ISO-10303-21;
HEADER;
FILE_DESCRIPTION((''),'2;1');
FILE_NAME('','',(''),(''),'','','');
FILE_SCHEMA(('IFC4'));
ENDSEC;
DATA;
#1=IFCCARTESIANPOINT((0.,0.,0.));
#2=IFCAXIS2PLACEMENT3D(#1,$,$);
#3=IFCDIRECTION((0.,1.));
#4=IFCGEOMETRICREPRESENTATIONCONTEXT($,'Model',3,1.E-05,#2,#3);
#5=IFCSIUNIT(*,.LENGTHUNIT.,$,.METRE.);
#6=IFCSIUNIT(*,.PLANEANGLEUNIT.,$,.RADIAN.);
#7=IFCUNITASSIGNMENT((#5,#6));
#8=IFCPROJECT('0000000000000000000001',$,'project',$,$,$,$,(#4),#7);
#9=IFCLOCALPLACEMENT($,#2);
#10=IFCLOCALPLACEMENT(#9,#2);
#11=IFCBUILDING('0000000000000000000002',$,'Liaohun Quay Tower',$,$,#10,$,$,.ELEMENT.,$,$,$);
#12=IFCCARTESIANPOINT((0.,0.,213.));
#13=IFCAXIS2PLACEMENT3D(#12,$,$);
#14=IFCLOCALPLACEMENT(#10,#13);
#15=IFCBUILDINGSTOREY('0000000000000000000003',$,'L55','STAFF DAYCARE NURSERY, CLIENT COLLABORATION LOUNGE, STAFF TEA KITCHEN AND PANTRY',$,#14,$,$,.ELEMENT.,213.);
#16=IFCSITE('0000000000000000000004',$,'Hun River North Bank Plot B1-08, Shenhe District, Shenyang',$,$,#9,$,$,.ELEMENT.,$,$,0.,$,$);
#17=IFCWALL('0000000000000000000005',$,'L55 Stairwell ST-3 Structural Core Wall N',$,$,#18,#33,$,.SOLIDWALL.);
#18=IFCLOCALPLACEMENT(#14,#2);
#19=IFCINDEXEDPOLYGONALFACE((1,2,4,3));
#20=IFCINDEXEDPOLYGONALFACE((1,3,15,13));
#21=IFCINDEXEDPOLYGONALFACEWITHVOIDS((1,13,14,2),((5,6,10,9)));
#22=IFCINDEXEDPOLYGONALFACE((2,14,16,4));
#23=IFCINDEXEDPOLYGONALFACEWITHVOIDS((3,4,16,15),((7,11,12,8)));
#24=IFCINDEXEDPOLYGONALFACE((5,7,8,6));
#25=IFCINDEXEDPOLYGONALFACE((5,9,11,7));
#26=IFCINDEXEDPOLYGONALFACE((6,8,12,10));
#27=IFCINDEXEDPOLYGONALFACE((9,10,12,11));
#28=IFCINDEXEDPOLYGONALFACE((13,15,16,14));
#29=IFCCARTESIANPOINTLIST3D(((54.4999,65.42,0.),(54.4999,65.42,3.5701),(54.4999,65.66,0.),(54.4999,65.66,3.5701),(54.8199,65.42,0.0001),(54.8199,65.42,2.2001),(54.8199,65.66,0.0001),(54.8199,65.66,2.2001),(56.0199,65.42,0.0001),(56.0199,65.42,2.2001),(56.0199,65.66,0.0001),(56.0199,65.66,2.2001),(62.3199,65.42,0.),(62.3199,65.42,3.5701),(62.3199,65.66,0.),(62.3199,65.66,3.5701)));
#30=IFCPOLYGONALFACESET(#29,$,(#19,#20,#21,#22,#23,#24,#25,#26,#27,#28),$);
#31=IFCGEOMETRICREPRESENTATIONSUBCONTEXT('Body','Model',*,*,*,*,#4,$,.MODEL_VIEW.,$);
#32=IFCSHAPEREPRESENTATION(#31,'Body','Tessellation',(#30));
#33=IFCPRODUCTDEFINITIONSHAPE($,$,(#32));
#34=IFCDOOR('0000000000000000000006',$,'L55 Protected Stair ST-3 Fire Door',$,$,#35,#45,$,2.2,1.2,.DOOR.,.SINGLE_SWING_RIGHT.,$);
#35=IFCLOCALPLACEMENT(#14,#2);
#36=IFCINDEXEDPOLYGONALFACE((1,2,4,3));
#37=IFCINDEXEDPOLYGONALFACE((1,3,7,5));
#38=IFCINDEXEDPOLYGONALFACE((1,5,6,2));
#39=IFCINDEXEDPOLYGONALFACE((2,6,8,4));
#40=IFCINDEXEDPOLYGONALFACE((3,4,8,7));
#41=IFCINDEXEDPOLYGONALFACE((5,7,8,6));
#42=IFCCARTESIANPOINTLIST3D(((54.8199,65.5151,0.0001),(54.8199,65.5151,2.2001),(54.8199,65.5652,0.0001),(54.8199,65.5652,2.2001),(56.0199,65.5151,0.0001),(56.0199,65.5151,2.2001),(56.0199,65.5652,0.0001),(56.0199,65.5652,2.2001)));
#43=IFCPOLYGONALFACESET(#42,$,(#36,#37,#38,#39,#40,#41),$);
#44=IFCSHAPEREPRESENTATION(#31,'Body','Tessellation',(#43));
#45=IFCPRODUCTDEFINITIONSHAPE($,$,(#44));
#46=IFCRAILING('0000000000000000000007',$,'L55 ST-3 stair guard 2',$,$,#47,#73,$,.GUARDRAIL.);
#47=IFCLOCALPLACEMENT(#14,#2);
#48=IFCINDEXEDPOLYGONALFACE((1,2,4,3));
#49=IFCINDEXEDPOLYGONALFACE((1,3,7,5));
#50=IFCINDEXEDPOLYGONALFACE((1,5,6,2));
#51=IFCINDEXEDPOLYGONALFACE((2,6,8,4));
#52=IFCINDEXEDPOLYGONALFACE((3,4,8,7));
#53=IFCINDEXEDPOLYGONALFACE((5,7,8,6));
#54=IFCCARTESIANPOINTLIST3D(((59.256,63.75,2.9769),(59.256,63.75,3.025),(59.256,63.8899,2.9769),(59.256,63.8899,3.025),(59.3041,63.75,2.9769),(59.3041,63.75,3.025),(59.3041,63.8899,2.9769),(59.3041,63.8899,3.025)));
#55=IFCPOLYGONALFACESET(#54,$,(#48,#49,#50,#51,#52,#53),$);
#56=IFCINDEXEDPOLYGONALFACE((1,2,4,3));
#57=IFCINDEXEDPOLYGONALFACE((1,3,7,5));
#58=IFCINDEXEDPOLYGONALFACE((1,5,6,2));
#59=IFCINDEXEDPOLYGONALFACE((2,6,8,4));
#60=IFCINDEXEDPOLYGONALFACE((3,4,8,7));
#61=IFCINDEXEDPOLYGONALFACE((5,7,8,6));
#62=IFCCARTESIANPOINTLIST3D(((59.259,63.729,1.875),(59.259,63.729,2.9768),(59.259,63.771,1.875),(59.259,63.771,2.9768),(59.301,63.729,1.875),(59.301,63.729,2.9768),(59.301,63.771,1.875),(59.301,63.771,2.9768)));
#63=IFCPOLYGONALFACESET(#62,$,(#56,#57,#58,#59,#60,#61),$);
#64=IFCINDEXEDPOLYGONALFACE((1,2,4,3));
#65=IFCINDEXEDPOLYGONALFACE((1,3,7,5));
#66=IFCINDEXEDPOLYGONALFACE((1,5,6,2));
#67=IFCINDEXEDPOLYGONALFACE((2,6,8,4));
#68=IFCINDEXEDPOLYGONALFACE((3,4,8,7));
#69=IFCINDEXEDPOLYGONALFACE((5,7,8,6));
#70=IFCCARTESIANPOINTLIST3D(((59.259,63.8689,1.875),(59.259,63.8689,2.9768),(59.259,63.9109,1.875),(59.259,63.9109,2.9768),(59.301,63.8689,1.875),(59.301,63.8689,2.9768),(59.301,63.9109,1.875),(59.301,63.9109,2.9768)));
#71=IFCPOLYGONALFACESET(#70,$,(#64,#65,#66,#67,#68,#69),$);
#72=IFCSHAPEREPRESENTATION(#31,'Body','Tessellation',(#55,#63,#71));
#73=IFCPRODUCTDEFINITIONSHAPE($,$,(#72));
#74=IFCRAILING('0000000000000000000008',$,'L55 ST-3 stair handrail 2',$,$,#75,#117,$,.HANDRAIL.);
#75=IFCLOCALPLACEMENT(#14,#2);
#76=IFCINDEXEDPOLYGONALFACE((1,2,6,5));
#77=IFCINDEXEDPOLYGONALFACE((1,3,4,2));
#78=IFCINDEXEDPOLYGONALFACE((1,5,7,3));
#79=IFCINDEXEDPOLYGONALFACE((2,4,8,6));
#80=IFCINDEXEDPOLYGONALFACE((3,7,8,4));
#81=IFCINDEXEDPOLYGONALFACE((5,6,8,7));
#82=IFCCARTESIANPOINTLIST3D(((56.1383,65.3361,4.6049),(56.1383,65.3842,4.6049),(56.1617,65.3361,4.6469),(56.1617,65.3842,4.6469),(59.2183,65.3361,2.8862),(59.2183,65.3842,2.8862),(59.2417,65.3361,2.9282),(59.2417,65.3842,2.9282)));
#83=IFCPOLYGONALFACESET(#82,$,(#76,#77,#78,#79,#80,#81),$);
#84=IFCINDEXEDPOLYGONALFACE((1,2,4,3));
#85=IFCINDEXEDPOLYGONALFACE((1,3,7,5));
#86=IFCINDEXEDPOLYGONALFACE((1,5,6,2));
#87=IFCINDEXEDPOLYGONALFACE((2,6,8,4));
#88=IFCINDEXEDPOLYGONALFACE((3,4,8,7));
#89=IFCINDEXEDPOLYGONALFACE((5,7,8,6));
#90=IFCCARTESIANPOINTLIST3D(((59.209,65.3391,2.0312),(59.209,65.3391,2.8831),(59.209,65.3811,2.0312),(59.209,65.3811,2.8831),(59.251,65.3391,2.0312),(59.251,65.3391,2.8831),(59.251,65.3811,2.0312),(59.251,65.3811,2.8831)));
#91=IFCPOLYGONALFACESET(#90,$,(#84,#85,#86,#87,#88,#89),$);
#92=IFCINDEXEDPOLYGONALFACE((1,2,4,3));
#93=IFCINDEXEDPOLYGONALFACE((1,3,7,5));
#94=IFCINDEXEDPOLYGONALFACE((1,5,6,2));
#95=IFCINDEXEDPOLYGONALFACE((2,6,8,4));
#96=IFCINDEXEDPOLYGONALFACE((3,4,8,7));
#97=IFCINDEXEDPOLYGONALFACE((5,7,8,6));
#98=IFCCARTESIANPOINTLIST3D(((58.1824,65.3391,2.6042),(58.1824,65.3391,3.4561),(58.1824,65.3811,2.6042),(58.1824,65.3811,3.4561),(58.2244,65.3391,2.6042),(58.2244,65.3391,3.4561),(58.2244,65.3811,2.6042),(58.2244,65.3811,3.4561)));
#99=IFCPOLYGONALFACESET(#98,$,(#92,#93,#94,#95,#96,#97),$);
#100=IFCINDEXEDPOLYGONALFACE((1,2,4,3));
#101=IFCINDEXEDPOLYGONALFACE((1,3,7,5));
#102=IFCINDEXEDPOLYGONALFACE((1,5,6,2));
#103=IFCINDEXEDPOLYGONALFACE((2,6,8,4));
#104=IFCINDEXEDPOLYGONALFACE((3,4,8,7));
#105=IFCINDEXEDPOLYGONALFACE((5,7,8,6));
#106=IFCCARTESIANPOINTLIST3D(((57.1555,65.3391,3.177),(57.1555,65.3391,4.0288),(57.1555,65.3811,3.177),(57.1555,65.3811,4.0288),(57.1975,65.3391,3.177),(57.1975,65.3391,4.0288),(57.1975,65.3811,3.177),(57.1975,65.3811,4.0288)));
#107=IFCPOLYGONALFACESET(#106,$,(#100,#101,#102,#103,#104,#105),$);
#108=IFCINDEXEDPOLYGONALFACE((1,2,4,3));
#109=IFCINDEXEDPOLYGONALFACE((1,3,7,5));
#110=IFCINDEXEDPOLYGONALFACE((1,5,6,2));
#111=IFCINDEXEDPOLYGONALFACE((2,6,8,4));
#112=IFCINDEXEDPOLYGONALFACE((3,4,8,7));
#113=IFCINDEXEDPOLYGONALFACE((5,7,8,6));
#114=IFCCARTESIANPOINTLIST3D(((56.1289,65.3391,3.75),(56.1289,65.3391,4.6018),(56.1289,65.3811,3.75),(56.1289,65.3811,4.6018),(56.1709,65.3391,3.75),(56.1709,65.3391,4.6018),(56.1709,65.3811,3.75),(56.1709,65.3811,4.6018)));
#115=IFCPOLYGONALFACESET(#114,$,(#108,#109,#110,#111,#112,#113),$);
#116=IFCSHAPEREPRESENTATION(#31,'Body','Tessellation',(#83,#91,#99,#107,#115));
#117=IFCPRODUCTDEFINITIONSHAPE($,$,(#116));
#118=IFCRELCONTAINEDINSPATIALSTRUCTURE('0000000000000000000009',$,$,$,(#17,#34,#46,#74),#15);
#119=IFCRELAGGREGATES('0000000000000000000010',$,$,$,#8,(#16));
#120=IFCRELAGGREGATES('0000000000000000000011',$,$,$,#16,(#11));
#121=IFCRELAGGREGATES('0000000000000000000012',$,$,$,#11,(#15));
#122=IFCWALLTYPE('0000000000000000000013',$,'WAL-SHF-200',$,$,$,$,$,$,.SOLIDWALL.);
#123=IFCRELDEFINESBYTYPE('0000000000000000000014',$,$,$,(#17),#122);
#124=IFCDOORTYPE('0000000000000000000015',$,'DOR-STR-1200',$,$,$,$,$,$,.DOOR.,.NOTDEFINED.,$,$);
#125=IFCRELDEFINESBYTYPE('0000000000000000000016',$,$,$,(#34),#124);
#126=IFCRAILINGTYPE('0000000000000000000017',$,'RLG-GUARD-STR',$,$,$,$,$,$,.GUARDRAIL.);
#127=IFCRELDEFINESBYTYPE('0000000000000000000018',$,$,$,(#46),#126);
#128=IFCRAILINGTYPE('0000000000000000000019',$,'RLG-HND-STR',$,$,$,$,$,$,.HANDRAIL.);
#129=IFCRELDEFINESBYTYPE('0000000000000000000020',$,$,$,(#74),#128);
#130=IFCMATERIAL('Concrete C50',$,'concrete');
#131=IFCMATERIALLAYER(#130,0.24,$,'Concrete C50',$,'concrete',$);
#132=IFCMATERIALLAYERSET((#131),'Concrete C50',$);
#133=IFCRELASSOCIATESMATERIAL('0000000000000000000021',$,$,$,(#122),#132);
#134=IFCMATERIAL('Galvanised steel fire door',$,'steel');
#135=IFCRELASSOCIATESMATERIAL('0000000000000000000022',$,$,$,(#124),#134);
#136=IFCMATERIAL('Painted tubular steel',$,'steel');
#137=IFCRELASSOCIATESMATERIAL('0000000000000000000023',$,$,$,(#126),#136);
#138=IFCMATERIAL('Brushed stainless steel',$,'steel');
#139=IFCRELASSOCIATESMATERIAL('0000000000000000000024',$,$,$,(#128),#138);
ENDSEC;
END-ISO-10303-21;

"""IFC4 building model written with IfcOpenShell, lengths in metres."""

from ifc_helpers import new_model, si_unit, direction, frame, frame_2d, origin, origin_2d, place, context, subcontext, project, spatial, rectangle, extrude, source, transform, mapped, material, layer, layer_set, type_object, element, fill, save


model = new_model("IFC4")

# Units and contexts
model_context = context("Model", 3, precision=1e-05, world=origin(), true_north=direction((0.0, 1.0)))
body_context = subcontext(model_context, "Body", "Model", "MODEL_VIEW")
ifc_project = project(units=[si_unit("LENGTHUNIT", "METRE"), si_unit("PLANEANGLEUNIT", "RADIAN")], contexts=[model_context])

# Site, building, storey
site_placement = place(None, origin())
site = spatial("IfcSite", under=ifc_project, at=site_placement, Name="Hun River North Bank Plot B1-08, Shenhe District, Shenyang", CompositionType="ELEMENT", RefElevation=0.0)
building_placement = place(site_placement, origin())
building = spatial("IfcBuilding", under=site, at=building_placement, Name="Liaohun Quay Tower", CompositionType="ELEMENT")
storey_placement = place(building_placement, frame((0.0, 0.0, 213.0)))
storey = spatial("IfcBuildingStorey", under=building, at=storey_placement, Name="L55", Description="STAFF DAYCARE NURSERY, CLIENT COLLABORATION LOUNGE, STAFF TEA KITCHEN AND PANTRY", CompositionType="ELEMENT", Elevation=213.0)

# Shared definitions
ifc_material_1 = material(Name="Concrete C50", Category="concrete")
ifc_layer_1 = layer(ifc_material_1, 0.24, Name="Concrete C50", Category="concrete")
ifc_layer_set_1 = layer_set([ifc_layer_1], Name="Concrete C50")
wall_type_1 = type_object("IfcWallType", Name="WAL-SHF-200", PredefinedType="SOLIDWALL", material=ifc_layer_set_1)

# Wall, opening, door
wall_1_placement = place(storey_placement, frame((62.3201, 65.54, 0.0), z_axis=(0.0, 0.0, 1.0), x_axis=(-1.0, 0.0, 0.0)))
wall_1 = element("IfcWall", 1, at=wall_1_placement, inside=storey, type_object=wall_type_1, Name="L55 Stairwell ST-3 Structural Core Wall N", PredefinedType="SOLIDWALL", context=body_context, shape_type="SweptSolid", body=[
    extrude(rectangle(XDim=7.8201, YDim=0.24, at=frame_2d((3.9102, 0.0))), origin(), (0.0, 0.0, 1.0), 3.5701),
])
shared_shape_1 = source(origin(), body_context, "Body", "SweptSolid", [
    extrude(rectangle(XDim=1.2, YDim=2.2, at=frame_2d((0.6001, 1.1001))), frame((0.0, 0.1299, 0.0), z_axis=(0.0, -1.0, 0.0), x_axis=(1.0, 0.0, 0.0)), (0.0, 0.0, 1.0), 0.26),
])
opening_1_placement = place(wall_1_placement, frame((6.3, 0.0, 0.0)))
opening_1 = element("IfcOpeningElement", 2, at=opening_1_placement, cuts=wall_1, PredefinedType="OPENING", context=body_context, shape_type="MappedRepresentation", body=[
    mapped(shared_shape_1, transform((0.0, 0.0, 0.0), x_axis=(1.0, 0.0, 0.0), y_axis=(0.0, 1.0, 0.0), z_axis=(0.0, 0.0, 1.0), scale=1.0)),
])
ifc_material_2 = material(Name="Galvanised steel fire door", Category="steel")
door_type_1 = type_object("IfcDoorType", Name="DOR-STR-1200", OperationType="NOTDEFINED", PredefinedType="DOOR", material=ifc_material_2)
shared_shape_2 = source(origin(), body_context, "Body", "SweptSolid", [
    extrude(rectangle(XDim=1.2, YDim=2.2, at=frame_2d((0.6001, 1.1001))), frame((0.0, 0.0249, 0.0), z_axis=(0.0, -1.0, 0.0), x_axis=(1.0, 0.0, 0.0)), (0.0, 0.0, 1.0), 0.05),
])
door_1_placement = place(opening_1_placement, origin())
door_1 = element("IfcDoor", 3, at=door_1_placement, inside=storey, type_object=door_type_1, Name="L55 Protected Stair ST-3 Fire Door", OperationType="SINGLE_SWING_RIGHT", OverallHeight=2.2, OverallWidth=1.2, PredefinedType="DOOR", context=body_context, shape_type="MappedRepresentation", body=[
    mapped(shared_shape_2, transform((0.0, 0.0, 0.0), x_axis=(1.0, 0.0, 0.0), y_axis=(0.0, 1.0, 0.0), z_axis=(0.0, 0.0, 1.0), scale=1.0)),
])
fill(opening_1, door_1)

# Railings
ifc_material_3 = material(Name="Painted tubular steel", Category="steel")
railing_type_1 = type_object("IfcRailingType", Name="RLG-GUARD-STR", PredefinedType="GUARDRAIL", material=ifc_material_3)
railing_1_placement = place(storey_placement, frame((59.28, 63.75, 1.875)))
element("IfcRailing", 4, at=railing_1_placement, inside=storey, type_object=railing_type_1, Name="L55 ST-3 stair guard 2", PredefinedType="GUARDRAIL", context=body_context, shape_type="SweptSolid", body=[
    extrude(rectangle(XDim=0.0481, YDim=0.0481, at=origin_2d()), frame((0.0, 0.0, 1.126), z_axis=(0.0, 1.0, 0.0), x_axis=(-1.0, 0.0, 0.0)), (0.0, 0.0, 1.0), 0.1399),
    extrude(rectangle(XDim=0.042, YDim=0.042, at=origin_2d()), origin(), (0.0, 0.0, 1.0), 1.1018),
    extrude(rectangle(XDim=0.042, YDim=0.042, at=origin_2d()), frame((0.0, 0.1399, 0.0)), (0.0, 0.0, 1.0), 1.1018),
])
ifc_material_4 = material(Name="Brushed stainless steel", Category="steel")
railing_type_2 = type_object("IfcRailingType", Name="RLG-HND-STR", PredefinedType="HANDRAIL", material=ifc_material_4)
railing_2_placement = place(storey_placement, frame((59.23, 65.3601, 2.0312)))
element("IfcRailing", 5, at=railing_2_placement, inside=storey, type_object=railing_type_2, Name="L55 ST-3 stair handrail 2", PredefinedType="HANDRAIL", context=body_context, shape_type="SweptSolid", body=[
    extrude(rectangle(XDim=0.0481, YDim=0.0481, at=origin_2d()), frame((0.0, 0.0, 0.876), z_axis=(-0.873242, 0.0, 0.487288), x_axis=(0.0, -1.0, 0.0)), (0.0, 0.0, 1.0), 3.5271),
    extrude(rectangle(XDim=0.042, YDim=0.042, at=origin_2d()), origin(), (0.0, 0.0, 1.0), 0.8518),
    extrude(rectangle(XDim=0.042, YDim=0.042, at=origin_2d()), frame((-1.0266, 0.0, 0.573)), (0.0, 0.0, 1.0), 0.8518),
    extrude(rectangle(XDim=0.042, YDim=0.042, at=origin_2d()), frame((-2.0535, 0.0, 1.1458)), (0.0, 0.0, 1.0), 0.8518),
    extrude(rectangle(XDim=0.042, YDim=0.042, at=origin_2d()), frame((-3.0801, 0.0, 1.7188)), (0.0, 0.0, 1.0), 0.8518),
])

save(model, "model.ifc")
